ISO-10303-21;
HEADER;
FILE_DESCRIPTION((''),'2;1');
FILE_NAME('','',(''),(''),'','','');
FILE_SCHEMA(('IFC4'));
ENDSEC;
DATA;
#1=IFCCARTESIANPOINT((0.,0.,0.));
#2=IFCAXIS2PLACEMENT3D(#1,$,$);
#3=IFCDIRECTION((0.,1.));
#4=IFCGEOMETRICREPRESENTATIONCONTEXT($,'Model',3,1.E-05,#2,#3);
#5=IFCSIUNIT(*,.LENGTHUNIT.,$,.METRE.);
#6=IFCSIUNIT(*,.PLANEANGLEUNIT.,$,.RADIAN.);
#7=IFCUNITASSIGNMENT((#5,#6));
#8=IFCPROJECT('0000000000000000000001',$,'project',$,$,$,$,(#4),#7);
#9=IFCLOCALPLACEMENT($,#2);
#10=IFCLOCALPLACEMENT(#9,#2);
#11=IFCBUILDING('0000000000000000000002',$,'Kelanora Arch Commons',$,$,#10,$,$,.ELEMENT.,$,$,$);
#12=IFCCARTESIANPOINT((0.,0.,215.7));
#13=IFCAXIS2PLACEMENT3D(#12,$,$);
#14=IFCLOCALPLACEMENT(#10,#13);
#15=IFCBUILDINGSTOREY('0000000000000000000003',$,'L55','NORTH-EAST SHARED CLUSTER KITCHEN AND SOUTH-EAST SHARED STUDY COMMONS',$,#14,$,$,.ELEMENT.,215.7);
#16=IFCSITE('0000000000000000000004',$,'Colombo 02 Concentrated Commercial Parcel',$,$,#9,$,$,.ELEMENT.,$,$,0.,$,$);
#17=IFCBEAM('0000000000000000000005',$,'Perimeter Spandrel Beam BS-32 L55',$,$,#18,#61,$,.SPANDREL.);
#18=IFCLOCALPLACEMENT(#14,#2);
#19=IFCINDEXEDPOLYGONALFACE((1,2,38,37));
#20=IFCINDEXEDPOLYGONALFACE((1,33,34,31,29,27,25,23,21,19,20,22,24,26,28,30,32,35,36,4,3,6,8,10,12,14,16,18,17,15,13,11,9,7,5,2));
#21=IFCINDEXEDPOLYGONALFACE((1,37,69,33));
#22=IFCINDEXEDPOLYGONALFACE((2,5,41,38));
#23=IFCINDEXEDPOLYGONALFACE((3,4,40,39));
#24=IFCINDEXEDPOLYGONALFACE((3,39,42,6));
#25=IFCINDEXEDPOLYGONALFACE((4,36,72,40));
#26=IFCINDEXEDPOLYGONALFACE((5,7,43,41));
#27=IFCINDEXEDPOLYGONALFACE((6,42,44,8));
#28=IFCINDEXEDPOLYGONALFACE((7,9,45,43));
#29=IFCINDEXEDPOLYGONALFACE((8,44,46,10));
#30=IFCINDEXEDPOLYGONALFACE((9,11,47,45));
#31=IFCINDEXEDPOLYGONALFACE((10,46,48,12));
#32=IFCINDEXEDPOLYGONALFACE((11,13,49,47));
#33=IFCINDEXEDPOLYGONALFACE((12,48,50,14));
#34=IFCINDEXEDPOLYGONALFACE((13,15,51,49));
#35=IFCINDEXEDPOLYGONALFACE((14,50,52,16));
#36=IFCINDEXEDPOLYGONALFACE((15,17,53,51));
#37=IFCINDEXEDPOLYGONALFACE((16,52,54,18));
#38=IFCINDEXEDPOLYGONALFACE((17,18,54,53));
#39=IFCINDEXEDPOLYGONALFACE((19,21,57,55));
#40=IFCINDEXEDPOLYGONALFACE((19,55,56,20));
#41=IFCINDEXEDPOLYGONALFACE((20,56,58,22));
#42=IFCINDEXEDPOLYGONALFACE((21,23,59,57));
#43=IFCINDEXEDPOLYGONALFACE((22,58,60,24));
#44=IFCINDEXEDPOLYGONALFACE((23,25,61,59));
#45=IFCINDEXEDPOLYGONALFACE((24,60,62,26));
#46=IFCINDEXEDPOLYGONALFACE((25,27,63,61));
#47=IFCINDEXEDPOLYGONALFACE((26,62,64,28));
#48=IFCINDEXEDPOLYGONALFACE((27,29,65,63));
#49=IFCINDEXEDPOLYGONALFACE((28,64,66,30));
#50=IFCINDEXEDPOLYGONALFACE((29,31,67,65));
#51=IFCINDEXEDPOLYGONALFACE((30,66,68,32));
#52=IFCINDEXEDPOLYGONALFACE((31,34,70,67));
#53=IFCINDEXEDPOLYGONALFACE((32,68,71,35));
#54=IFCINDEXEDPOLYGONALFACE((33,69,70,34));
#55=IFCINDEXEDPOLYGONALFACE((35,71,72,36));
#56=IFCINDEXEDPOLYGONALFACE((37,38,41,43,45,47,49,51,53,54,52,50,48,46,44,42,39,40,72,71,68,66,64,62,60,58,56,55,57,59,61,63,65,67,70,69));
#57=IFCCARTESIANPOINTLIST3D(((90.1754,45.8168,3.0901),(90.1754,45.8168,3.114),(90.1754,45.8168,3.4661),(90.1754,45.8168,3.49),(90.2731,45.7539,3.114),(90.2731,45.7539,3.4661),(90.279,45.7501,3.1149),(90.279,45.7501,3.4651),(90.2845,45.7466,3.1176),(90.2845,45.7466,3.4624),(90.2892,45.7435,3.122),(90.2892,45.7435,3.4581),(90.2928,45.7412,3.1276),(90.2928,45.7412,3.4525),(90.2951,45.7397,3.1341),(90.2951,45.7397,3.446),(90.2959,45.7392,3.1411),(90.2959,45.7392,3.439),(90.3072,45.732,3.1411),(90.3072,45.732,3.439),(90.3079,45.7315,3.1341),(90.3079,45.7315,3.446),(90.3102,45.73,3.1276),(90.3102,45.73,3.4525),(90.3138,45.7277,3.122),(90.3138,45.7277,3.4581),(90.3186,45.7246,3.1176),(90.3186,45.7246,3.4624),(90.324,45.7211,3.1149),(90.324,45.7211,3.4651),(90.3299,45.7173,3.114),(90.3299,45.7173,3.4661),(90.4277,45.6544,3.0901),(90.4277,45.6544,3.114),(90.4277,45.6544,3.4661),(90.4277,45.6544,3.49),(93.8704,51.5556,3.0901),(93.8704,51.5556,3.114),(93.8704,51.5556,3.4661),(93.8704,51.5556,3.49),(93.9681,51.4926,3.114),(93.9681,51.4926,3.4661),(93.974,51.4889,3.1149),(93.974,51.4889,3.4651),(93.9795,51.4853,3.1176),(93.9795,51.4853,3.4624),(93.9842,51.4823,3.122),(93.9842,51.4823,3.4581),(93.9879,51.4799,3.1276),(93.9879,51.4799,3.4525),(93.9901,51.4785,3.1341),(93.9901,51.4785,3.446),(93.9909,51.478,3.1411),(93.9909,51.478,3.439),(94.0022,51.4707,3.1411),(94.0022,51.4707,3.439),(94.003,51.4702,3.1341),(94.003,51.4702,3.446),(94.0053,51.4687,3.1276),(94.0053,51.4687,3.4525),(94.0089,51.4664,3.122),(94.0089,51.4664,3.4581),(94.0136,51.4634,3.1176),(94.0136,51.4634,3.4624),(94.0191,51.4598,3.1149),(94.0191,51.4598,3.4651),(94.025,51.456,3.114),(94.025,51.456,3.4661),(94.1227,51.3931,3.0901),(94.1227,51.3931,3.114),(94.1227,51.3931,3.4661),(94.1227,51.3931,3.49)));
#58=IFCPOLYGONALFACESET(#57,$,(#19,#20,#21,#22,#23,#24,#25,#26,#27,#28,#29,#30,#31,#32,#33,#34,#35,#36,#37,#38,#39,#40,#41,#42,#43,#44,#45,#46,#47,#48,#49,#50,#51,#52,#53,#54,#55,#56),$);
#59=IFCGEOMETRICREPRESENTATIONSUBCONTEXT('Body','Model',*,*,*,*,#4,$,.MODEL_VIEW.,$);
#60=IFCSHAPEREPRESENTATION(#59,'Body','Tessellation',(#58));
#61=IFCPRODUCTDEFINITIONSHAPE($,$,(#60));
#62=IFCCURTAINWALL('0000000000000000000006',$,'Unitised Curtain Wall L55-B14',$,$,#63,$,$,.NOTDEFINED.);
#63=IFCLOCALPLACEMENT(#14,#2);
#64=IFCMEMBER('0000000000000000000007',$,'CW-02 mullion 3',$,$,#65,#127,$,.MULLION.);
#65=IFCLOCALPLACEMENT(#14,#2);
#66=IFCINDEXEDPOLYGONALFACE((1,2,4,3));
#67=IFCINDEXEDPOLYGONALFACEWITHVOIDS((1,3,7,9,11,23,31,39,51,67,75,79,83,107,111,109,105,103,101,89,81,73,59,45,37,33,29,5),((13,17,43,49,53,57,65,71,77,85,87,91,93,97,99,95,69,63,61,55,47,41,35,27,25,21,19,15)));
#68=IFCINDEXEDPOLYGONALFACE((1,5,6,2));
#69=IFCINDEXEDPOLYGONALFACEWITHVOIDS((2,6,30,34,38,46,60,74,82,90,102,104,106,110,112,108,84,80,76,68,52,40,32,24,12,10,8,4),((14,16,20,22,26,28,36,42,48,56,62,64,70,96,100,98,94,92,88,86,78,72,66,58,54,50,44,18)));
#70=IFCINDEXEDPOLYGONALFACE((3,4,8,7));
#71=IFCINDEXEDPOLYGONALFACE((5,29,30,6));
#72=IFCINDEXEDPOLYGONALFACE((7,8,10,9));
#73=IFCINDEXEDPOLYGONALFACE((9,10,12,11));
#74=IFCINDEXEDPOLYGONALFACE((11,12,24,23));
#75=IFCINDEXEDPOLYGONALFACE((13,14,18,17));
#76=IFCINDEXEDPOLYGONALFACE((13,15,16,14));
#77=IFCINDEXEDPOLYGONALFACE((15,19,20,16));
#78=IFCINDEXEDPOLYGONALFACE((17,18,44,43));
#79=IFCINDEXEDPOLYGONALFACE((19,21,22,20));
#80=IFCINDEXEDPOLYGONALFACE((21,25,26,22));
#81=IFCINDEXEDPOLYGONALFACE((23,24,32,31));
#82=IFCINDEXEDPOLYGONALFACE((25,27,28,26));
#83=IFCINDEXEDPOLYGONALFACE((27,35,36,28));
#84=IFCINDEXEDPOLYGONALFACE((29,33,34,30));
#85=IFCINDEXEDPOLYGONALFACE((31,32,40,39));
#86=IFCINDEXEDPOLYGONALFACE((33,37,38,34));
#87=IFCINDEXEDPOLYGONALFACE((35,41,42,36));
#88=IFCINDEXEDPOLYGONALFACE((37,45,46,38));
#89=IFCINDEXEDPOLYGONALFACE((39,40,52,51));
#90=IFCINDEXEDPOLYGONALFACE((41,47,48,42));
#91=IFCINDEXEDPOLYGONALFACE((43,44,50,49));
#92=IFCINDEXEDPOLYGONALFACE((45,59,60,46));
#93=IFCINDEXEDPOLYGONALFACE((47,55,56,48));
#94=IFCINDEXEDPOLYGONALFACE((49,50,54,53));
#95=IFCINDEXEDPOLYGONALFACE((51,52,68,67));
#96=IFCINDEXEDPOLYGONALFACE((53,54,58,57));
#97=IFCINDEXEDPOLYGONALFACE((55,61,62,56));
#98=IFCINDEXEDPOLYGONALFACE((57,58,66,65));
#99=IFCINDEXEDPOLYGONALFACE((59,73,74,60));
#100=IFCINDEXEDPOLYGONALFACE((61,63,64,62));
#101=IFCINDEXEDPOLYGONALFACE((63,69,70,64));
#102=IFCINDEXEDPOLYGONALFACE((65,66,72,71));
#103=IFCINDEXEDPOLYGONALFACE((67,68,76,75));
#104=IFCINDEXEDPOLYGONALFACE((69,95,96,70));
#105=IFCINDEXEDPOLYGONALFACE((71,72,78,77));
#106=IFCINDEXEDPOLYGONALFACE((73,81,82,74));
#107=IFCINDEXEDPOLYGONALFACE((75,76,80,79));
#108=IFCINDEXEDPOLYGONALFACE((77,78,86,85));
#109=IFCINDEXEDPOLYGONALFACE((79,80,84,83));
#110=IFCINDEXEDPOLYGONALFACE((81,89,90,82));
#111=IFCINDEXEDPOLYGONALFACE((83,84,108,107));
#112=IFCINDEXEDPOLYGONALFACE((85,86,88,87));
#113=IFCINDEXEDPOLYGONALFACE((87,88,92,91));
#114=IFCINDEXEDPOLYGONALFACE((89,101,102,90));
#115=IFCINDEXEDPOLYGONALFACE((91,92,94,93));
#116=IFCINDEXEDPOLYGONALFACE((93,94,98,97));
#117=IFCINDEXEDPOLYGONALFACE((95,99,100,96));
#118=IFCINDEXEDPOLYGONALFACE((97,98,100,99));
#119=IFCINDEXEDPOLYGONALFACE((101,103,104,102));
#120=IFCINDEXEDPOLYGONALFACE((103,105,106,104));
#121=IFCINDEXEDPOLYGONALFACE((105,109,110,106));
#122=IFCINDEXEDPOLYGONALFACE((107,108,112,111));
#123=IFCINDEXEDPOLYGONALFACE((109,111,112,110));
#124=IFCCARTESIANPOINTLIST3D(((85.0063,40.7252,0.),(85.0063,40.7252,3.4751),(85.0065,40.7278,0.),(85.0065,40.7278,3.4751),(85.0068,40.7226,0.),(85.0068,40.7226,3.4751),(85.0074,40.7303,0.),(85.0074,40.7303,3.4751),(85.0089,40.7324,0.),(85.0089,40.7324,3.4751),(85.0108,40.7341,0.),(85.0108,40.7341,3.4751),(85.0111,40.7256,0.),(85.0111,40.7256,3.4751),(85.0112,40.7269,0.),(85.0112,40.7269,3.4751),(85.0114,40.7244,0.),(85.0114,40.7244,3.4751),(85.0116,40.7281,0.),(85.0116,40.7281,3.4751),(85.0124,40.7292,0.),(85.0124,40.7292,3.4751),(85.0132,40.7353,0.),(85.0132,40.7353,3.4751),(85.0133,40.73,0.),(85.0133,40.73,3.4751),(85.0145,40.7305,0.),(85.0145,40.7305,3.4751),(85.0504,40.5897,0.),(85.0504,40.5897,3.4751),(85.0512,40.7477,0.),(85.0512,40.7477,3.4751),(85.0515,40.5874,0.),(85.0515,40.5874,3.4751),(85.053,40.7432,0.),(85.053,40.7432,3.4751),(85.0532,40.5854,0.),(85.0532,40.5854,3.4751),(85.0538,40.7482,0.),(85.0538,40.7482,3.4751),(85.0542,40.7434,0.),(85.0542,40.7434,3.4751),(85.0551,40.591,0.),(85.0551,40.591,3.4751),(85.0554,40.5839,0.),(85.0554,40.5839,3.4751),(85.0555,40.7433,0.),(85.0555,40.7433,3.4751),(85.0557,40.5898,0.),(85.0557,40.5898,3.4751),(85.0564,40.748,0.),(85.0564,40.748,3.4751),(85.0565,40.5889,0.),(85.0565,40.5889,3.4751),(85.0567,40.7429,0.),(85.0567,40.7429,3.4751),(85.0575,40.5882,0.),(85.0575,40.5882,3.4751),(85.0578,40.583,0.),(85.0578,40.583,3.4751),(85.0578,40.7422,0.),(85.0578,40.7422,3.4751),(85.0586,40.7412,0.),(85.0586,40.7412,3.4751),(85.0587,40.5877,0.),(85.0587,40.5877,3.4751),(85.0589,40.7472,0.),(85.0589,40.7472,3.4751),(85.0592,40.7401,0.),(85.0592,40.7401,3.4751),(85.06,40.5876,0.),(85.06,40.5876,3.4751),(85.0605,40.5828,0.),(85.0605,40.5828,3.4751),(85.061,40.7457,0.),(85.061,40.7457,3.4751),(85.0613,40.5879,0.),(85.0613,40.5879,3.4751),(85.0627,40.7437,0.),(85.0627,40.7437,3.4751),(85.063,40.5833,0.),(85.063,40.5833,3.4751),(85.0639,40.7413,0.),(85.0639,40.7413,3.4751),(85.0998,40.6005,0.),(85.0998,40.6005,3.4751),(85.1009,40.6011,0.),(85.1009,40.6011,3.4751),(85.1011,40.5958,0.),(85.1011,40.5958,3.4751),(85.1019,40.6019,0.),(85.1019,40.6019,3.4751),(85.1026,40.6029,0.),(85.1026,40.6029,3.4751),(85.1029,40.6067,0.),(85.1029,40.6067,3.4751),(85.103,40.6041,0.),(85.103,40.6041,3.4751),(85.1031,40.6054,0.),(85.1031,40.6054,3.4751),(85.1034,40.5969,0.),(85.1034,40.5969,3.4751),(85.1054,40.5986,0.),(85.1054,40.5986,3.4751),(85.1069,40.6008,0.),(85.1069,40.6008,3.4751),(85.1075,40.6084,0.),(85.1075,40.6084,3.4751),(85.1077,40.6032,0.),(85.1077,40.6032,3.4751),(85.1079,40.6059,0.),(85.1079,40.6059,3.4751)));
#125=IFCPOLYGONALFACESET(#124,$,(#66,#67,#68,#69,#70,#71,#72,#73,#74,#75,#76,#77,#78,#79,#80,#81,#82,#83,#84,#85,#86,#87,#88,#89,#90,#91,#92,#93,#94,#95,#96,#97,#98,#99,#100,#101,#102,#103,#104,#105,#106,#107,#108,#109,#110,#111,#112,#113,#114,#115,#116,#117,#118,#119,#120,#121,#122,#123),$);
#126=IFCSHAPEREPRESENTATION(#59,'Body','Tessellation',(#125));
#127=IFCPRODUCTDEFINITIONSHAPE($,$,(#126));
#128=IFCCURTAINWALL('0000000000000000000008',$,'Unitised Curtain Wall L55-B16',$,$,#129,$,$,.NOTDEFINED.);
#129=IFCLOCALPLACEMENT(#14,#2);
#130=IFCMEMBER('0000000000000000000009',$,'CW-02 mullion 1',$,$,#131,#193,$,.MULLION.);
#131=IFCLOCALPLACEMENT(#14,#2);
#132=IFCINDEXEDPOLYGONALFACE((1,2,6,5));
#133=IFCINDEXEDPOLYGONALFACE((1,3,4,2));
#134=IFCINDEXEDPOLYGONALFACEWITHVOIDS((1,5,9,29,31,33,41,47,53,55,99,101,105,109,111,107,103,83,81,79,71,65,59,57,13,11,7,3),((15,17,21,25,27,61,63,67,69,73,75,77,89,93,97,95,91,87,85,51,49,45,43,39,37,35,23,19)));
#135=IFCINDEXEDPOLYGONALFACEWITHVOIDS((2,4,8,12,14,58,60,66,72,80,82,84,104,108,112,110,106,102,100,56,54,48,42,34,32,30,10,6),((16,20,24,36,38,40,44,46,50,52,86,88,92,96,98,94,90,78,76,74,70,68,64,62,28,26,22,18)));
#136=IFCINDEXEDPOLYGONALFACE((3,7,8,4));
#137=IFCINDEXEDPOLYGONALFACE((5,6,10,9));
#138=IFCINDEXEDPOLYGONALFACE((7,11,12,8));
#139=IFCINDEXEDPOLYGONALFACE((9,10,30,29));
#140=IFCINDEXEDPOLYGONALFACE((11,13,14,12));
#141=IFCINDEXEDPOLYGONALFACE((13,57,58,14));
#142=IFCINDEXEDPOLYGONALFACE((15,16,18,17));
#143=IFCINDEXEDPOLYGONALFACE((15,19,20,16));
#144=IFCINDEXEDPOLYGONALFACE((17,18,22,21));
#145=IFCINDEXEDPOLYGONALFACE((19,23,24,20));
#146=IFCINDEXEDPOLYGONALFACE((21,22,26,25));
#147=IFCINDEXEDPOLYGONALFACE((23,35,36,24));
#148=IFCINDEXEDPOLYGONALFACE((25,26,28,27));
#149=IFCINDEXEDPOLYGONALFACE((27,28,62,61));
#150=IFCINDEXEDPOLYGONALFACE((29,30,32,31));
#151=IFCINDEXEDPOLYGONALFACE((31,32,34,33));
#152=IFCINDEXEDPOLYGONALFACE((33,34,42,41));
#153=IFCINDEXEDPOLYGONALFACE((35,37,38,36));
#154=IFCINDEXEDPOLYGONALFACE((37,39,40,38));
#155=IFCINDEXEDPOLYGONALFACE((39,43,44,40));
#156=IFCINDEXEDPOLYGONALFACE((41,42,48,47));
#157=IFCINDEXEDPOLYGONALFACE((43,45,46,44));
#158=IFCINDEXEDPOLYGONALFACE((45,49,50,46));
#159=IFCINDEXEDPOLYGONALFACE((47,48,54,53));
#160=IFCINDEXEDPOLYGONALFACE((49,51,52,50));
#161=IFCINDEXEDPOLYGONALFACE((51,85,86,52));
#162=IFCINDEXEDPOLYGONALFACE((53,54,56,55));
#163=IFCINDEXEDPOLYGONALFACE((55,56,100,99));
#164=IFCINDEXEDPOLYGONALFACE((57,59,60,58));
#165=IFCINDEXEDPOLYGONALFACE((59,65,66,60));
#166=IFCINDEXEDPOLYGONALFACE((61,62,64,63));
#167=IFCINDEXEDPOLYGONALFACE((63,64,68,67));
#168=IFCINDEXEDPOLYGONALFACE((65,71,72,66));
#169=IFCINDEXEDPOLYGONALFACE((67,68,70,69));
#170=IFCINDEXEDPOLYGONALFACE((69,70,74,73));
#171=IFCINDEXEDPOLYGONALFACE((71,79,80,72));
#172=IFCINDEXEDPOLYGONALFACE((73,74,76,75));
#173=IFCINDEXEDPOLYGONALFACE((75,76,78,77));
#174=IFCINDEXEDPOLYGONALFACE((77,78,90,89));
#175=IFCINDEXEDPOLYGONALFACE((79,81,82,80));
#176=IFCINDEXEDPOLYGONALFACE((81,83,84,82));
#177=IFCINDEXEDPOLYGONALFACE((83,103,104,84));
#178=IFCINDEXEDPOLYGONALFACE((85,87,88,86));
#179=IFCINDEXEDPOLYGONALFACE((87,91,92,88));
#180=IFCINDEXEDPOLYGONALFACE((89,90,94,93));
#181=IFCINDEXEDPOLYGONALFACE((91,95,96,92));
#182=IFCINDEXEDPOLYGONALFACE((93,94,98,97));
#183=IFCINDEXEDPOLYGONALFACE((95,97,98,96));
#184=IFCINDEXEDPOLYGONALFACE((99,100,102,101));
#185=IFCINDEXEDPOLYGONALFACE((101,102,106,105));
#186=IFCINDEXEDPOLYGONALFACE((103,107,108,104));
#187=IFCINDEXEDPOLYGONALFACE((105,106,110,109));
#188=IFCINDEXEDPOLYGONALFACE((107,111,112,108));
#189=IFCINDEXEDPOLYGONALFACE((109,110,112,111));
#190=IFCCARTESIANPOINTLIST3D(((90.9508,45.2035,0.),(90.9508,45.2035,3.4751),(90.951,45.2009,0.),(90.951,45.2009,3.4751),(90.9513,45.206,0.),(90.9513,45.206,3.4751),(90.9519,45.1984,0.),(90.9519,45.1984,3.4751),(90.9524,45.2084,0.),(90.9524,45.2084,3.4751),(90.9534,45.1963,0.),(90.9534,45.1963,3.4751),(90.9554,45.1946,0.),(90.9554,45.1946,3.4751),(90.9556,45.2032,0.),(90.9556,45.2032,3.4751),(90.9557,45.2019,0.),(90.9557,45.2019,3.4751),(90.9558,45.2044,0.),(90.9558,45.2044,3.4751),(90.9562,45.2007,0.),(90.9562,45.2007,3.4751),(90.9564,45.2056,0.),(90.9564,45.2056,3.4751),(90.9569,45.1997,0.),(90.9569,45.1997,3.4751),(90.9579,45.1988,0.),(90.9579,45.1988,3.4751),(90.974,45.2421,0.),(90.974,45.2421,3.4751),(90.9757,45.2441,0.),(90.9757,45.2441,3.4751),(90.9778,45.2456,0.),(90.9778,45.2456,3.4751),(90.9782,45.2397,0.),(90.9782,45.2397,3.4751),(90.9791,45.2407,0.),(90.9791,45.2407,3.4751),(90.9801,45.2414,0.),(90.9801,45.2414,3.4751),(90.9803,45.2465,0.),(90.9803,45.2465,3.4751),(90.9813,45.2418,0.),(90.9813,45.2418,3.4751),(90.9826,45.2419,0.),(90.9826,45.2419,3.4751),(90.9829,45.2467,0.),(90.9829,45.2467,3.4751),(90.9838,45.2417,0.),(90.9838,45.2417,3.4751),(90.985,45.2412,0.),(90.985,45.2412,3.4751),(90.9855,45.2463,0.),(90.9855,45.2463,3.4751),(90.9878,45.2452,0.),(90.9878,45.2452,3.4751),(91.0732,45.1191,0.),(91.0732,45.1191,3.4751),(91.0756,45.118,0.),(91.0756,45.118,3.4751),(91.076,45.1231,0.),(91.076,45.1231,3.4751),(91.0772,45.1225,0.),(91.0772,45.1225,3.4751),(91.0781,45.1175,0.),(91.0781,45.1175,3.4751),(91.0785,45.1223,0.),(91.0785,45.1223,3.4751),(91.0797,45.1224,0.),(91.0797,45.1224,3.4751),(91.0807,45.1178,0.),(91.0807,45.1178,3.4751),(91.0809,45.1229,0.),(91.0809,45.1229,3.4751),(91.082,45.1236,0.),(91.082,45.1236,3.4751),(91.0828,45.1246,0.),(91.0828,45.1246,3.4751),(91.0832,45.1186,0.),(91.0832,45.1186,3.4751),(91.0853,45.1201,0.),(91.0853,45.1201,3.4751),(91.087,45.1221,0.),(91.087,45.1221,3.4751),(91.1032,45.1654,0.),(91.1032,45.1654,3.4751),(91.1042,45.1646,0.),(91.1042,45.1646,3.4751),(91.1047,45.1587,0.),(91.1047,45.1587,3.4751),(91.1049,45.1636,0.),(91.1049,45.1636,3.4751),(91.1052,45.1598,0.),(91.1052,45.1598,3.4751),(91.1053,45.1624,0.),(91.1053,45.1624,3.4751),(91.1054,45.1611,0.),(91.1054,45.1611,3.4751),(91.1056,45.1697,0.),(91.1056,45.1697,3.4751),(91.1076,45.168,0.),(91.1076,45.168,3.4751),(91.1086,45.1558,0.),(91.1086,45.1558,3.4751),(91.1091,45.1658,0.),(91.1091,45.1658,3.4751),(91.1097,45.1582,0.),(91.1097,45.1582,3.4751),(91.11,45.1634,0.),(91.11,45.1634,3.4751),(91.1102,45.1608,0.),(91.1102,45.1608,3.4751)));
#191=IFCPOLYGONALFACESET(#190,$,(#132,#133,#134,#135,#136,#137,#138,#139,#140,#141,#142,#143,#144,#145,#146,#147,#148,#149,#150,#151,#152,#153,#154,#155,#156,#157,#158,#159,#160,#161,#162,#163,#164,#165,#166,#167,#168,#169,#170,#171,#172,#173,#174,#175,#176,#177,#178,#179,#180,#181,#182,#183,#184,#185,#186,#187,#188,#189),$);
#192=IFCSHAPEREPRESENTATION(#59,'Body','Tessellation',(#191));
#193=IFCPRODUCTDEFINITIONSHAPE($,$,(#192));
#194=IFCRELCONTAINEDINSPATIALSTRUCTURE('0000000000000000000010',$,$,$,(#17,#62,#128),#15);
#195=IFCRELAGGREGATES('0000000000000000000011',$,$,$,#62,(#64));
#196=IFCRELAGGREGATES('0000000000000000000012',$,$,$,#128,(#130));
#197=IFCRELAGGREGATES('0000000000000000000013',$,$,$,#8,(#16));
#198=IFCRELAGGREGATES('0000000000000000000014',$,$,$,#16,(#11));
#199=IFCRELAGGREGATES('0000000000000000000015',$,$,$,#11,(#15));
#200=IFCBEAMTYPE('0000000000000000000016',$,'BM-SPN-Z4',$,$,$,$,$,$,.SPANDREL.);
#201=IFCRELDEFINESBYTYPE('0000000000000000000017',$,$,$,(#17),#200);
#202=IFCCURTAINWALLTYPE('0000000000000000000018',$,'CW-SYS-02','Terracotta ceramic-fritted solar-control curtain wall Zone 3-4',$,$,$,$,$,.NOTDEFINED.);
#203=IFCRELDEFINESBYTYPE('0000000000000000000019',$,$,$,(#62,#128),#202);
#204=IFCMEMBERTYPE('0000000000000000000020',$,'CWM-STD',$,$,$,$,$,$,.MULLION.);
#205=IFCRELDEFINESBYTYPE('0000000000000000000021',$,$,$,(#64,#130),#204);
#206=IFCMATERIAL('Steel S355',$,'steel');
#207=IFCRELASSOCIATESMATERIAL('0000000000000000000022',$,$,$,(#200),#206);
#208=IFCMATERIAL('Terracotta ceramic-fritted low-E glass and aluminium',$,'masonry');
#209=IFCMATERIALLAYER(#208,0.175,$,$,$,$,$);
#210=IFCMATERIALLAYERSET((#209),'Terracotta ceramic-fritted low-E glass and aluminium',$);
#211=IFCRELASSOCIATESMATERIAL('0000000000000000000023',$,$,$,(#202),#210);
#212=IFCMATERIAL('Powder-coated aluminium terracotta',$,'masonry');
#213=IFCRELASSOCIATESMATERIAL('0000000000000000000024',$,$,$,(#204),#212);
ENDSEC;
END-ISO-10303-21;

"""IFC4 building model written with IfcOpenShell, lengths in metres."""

from ifc_helpers import new_model, si_unit, direction, frame, origin, origin_2d, place, context, subcontext, project, spatial, hollow_rectangle, i_section, extrude, material, layer, layer_set, material_profile, profile_set, type_object, element, aggregate, save


model = new_model("IFC4")

# Units and contexts
model_context = context("Model", 3, precision=1e-05, world=origin(), true_north=direction((0.0, 1.0)))
body_context = subcontext(model_context, "Body", "Model", "MODEL_VIEW")
ifc_project = project(units=[si_unit("LENGTHUNIT", "METRE"), si_unit("PLANEANGLEUNIT", "RADIAN")], contexts=[model_context])

# Site, building, storey
site_placement = place(None, origin())
site = spatial("IfcSite", under=ifc_project, at=site_placement, Name="Colombo 02 Concentrated Commercial Parcel", CompositionType="ELEMENT", RefElevation=0.0)
building_placement = place(site_placement, origin())
building = spatial("IfcBuilding", under=site, at=building_placement, Name="Kelanora Arch Commons", CompositionType="ELEMENT")
storey_placement = place(building_placement, frame((0.0, 0.0, 215.7)))
storey = spatial("IfcBuildingStorey", under=building, at=storey_placement, Name="L55", Description="NORTH-EAST SHARED CLUSTER KITCHEN AND SOUTH-EAST SHARED STUDY COMMONS", CompositionType="ELEMENT", Elevation=215.7)

# Beam
ifc_material_1 = material(Name="Steel S355", Category="steel")
ifc_material_profile_1 = material_profile(ifc_material_1, i_section(OverallWidth=0.3, OverallDepth=0.3999, WebThickness=0.0134, FlangeThickness=0.0239, FilletRadius=0.0271, at=origin_2d()), Name="HEB400")
ifc_profile_set_1 = profile_set([ifc_material_profile_1], Name="Steel S355")
beam_type_1 = type_object("IfcBeamType", Name="BM-SPN-Z4", PredefinedType="SPANDREL", material=ifc_profile_set_1)
beam_1_placement = place(storey_placement, frame((90.3015, 45.7356, 3.29), z_axis=(0.541365, 0.840788, 0.0), x_axis=(-0.840788, 0.541365, 0.0)))
element("IfcBeam", 1, at=beam_1_placement, inside=storey, type_object=beam_type_1, Name="Perimeter Spandrel Beam BS-32 L55", PredefinedType="SPANDREL", context=body_context, shape_type="SweptSolid", body=[
    extrude(i_section(OverallWidth=0.3, OverallDepth=0.3999, WebThickness=0.0134, FlangeThickness=0.0239, FilletRadius=0.0271, at=origin_2d()), origin(), (0.0, 0.0, 1.0), 6.8254),
])

# Curtain wall, member
ifc_material_2 = material(Name="Terracotta ceramic-fritted low-E glass and aluminium", Category="masonry")
ifc_layer_1 = layer(ifc_material_2, 0.175)
ifc_layer_set_1 = layer_set([ifc_layer_1], Name="Terracotta ceramic-fritted low-E glass and aluminium")
curtain_wall_type = type_object("IfcCurtainWallType", Name="CW-SYS-02", Description="Terracotta ceramic-fritted solar-control curtain wall Zone 3-4", PredefinedType="NOTDEFINED", material=ifc_layer_set_1)
curtain_wall_1_placement = place(storey_placement, origin())
curtain_wall_1 = element("IfcCurtainWall", 2, at=curtain_wall_1_placement, inside=storey, type_object=curtain_wall_type, Name="Unitised Curtain Wall L55-B14", PredefinedType="NOTDEFINED")
ifc_material_3 = material(Name="Powder-coated aluminium terracotta", Category="masonry")
ifc_material_profile_2 = material_profile(ifc_material_3, hollow_rectangle(XDim=0.1599, YDim=0.0601, WallThickness=0.0049, InnerFilletRadius=0.0049, OuterFilletRadius=0.01, at=origin_2d()), Name="CWM160x60")
ifc_profile_set_2 = profile_set([ifc_material_profile_2], Name="Powder-coated aluminium terracotta")
member_type_1 = type_object("IfcMemberType", Name="CWM-STD", PredefinedType="MULLION", material=ifc_profile_set_2)
member_1_placement = place(storey_placement, frame((85.0571, 40.6655, 0.0), z_axis=(0.0, 0.0, 1.0), x_axis=(-0.311582, 0.950219, 0.0)))
member_1 = element("IfcMember", 3, at=member_1_placement, type_object=member_type_1, Name="CW-02 mullion 3", PredefinedType="MULLION", context=body_context, shape_type="SweptSolid", body=[
    extrude(hollow_rectangle(XDim=0.1599, YDim=0.0601, WallThickness=0.0049, InnerFilletRadius=0.0049, OuterFilletRadius=0.01, at=origin_2d()), origin(), (0.0, 0.0, 1.0), 3.4751),
])

# Curtain wall, member
curtain_wall_2_placement = place(storey_placement, origin())
curtain_wall_2 = element("IfcCurtainWall", 4, at=curtain_wall_2_placement, inside=storey, type_object=curtain_wall_type, Name="Unitised Curtain Wall L55-B16", PredefinedType="NOTDEFINED")
member_2_placement = place(storey_placement, frame((91.0305, 45.1821, 0.0), z_axis=(0.0, 0.0, 1.0), x_axis=(-0.841948, 0.539559, 0.0)))
member_2 = element("IfcMember", 5, at=member_2_placement, type_object=member_type_1, Name="CW-02 mullion 1", PredefinedType="MULLION", context=body_context, shape_type="SweptSolid", body=[
    extrude(hollow_rectangle(XDim=0.1599, YDim=0.0601, WallThickness=0.0049, InnerFilletRadius=0.0049, OuterFilletRadius=0.01, at=origin_2d()), origin(), (0.0, 0.0, 1.0), 3.4751),
])

aggregate(curtain_wall_1, [member_1])
aggregate(curtain_wall_2, [member_2])

save(model, "model.ifc")
